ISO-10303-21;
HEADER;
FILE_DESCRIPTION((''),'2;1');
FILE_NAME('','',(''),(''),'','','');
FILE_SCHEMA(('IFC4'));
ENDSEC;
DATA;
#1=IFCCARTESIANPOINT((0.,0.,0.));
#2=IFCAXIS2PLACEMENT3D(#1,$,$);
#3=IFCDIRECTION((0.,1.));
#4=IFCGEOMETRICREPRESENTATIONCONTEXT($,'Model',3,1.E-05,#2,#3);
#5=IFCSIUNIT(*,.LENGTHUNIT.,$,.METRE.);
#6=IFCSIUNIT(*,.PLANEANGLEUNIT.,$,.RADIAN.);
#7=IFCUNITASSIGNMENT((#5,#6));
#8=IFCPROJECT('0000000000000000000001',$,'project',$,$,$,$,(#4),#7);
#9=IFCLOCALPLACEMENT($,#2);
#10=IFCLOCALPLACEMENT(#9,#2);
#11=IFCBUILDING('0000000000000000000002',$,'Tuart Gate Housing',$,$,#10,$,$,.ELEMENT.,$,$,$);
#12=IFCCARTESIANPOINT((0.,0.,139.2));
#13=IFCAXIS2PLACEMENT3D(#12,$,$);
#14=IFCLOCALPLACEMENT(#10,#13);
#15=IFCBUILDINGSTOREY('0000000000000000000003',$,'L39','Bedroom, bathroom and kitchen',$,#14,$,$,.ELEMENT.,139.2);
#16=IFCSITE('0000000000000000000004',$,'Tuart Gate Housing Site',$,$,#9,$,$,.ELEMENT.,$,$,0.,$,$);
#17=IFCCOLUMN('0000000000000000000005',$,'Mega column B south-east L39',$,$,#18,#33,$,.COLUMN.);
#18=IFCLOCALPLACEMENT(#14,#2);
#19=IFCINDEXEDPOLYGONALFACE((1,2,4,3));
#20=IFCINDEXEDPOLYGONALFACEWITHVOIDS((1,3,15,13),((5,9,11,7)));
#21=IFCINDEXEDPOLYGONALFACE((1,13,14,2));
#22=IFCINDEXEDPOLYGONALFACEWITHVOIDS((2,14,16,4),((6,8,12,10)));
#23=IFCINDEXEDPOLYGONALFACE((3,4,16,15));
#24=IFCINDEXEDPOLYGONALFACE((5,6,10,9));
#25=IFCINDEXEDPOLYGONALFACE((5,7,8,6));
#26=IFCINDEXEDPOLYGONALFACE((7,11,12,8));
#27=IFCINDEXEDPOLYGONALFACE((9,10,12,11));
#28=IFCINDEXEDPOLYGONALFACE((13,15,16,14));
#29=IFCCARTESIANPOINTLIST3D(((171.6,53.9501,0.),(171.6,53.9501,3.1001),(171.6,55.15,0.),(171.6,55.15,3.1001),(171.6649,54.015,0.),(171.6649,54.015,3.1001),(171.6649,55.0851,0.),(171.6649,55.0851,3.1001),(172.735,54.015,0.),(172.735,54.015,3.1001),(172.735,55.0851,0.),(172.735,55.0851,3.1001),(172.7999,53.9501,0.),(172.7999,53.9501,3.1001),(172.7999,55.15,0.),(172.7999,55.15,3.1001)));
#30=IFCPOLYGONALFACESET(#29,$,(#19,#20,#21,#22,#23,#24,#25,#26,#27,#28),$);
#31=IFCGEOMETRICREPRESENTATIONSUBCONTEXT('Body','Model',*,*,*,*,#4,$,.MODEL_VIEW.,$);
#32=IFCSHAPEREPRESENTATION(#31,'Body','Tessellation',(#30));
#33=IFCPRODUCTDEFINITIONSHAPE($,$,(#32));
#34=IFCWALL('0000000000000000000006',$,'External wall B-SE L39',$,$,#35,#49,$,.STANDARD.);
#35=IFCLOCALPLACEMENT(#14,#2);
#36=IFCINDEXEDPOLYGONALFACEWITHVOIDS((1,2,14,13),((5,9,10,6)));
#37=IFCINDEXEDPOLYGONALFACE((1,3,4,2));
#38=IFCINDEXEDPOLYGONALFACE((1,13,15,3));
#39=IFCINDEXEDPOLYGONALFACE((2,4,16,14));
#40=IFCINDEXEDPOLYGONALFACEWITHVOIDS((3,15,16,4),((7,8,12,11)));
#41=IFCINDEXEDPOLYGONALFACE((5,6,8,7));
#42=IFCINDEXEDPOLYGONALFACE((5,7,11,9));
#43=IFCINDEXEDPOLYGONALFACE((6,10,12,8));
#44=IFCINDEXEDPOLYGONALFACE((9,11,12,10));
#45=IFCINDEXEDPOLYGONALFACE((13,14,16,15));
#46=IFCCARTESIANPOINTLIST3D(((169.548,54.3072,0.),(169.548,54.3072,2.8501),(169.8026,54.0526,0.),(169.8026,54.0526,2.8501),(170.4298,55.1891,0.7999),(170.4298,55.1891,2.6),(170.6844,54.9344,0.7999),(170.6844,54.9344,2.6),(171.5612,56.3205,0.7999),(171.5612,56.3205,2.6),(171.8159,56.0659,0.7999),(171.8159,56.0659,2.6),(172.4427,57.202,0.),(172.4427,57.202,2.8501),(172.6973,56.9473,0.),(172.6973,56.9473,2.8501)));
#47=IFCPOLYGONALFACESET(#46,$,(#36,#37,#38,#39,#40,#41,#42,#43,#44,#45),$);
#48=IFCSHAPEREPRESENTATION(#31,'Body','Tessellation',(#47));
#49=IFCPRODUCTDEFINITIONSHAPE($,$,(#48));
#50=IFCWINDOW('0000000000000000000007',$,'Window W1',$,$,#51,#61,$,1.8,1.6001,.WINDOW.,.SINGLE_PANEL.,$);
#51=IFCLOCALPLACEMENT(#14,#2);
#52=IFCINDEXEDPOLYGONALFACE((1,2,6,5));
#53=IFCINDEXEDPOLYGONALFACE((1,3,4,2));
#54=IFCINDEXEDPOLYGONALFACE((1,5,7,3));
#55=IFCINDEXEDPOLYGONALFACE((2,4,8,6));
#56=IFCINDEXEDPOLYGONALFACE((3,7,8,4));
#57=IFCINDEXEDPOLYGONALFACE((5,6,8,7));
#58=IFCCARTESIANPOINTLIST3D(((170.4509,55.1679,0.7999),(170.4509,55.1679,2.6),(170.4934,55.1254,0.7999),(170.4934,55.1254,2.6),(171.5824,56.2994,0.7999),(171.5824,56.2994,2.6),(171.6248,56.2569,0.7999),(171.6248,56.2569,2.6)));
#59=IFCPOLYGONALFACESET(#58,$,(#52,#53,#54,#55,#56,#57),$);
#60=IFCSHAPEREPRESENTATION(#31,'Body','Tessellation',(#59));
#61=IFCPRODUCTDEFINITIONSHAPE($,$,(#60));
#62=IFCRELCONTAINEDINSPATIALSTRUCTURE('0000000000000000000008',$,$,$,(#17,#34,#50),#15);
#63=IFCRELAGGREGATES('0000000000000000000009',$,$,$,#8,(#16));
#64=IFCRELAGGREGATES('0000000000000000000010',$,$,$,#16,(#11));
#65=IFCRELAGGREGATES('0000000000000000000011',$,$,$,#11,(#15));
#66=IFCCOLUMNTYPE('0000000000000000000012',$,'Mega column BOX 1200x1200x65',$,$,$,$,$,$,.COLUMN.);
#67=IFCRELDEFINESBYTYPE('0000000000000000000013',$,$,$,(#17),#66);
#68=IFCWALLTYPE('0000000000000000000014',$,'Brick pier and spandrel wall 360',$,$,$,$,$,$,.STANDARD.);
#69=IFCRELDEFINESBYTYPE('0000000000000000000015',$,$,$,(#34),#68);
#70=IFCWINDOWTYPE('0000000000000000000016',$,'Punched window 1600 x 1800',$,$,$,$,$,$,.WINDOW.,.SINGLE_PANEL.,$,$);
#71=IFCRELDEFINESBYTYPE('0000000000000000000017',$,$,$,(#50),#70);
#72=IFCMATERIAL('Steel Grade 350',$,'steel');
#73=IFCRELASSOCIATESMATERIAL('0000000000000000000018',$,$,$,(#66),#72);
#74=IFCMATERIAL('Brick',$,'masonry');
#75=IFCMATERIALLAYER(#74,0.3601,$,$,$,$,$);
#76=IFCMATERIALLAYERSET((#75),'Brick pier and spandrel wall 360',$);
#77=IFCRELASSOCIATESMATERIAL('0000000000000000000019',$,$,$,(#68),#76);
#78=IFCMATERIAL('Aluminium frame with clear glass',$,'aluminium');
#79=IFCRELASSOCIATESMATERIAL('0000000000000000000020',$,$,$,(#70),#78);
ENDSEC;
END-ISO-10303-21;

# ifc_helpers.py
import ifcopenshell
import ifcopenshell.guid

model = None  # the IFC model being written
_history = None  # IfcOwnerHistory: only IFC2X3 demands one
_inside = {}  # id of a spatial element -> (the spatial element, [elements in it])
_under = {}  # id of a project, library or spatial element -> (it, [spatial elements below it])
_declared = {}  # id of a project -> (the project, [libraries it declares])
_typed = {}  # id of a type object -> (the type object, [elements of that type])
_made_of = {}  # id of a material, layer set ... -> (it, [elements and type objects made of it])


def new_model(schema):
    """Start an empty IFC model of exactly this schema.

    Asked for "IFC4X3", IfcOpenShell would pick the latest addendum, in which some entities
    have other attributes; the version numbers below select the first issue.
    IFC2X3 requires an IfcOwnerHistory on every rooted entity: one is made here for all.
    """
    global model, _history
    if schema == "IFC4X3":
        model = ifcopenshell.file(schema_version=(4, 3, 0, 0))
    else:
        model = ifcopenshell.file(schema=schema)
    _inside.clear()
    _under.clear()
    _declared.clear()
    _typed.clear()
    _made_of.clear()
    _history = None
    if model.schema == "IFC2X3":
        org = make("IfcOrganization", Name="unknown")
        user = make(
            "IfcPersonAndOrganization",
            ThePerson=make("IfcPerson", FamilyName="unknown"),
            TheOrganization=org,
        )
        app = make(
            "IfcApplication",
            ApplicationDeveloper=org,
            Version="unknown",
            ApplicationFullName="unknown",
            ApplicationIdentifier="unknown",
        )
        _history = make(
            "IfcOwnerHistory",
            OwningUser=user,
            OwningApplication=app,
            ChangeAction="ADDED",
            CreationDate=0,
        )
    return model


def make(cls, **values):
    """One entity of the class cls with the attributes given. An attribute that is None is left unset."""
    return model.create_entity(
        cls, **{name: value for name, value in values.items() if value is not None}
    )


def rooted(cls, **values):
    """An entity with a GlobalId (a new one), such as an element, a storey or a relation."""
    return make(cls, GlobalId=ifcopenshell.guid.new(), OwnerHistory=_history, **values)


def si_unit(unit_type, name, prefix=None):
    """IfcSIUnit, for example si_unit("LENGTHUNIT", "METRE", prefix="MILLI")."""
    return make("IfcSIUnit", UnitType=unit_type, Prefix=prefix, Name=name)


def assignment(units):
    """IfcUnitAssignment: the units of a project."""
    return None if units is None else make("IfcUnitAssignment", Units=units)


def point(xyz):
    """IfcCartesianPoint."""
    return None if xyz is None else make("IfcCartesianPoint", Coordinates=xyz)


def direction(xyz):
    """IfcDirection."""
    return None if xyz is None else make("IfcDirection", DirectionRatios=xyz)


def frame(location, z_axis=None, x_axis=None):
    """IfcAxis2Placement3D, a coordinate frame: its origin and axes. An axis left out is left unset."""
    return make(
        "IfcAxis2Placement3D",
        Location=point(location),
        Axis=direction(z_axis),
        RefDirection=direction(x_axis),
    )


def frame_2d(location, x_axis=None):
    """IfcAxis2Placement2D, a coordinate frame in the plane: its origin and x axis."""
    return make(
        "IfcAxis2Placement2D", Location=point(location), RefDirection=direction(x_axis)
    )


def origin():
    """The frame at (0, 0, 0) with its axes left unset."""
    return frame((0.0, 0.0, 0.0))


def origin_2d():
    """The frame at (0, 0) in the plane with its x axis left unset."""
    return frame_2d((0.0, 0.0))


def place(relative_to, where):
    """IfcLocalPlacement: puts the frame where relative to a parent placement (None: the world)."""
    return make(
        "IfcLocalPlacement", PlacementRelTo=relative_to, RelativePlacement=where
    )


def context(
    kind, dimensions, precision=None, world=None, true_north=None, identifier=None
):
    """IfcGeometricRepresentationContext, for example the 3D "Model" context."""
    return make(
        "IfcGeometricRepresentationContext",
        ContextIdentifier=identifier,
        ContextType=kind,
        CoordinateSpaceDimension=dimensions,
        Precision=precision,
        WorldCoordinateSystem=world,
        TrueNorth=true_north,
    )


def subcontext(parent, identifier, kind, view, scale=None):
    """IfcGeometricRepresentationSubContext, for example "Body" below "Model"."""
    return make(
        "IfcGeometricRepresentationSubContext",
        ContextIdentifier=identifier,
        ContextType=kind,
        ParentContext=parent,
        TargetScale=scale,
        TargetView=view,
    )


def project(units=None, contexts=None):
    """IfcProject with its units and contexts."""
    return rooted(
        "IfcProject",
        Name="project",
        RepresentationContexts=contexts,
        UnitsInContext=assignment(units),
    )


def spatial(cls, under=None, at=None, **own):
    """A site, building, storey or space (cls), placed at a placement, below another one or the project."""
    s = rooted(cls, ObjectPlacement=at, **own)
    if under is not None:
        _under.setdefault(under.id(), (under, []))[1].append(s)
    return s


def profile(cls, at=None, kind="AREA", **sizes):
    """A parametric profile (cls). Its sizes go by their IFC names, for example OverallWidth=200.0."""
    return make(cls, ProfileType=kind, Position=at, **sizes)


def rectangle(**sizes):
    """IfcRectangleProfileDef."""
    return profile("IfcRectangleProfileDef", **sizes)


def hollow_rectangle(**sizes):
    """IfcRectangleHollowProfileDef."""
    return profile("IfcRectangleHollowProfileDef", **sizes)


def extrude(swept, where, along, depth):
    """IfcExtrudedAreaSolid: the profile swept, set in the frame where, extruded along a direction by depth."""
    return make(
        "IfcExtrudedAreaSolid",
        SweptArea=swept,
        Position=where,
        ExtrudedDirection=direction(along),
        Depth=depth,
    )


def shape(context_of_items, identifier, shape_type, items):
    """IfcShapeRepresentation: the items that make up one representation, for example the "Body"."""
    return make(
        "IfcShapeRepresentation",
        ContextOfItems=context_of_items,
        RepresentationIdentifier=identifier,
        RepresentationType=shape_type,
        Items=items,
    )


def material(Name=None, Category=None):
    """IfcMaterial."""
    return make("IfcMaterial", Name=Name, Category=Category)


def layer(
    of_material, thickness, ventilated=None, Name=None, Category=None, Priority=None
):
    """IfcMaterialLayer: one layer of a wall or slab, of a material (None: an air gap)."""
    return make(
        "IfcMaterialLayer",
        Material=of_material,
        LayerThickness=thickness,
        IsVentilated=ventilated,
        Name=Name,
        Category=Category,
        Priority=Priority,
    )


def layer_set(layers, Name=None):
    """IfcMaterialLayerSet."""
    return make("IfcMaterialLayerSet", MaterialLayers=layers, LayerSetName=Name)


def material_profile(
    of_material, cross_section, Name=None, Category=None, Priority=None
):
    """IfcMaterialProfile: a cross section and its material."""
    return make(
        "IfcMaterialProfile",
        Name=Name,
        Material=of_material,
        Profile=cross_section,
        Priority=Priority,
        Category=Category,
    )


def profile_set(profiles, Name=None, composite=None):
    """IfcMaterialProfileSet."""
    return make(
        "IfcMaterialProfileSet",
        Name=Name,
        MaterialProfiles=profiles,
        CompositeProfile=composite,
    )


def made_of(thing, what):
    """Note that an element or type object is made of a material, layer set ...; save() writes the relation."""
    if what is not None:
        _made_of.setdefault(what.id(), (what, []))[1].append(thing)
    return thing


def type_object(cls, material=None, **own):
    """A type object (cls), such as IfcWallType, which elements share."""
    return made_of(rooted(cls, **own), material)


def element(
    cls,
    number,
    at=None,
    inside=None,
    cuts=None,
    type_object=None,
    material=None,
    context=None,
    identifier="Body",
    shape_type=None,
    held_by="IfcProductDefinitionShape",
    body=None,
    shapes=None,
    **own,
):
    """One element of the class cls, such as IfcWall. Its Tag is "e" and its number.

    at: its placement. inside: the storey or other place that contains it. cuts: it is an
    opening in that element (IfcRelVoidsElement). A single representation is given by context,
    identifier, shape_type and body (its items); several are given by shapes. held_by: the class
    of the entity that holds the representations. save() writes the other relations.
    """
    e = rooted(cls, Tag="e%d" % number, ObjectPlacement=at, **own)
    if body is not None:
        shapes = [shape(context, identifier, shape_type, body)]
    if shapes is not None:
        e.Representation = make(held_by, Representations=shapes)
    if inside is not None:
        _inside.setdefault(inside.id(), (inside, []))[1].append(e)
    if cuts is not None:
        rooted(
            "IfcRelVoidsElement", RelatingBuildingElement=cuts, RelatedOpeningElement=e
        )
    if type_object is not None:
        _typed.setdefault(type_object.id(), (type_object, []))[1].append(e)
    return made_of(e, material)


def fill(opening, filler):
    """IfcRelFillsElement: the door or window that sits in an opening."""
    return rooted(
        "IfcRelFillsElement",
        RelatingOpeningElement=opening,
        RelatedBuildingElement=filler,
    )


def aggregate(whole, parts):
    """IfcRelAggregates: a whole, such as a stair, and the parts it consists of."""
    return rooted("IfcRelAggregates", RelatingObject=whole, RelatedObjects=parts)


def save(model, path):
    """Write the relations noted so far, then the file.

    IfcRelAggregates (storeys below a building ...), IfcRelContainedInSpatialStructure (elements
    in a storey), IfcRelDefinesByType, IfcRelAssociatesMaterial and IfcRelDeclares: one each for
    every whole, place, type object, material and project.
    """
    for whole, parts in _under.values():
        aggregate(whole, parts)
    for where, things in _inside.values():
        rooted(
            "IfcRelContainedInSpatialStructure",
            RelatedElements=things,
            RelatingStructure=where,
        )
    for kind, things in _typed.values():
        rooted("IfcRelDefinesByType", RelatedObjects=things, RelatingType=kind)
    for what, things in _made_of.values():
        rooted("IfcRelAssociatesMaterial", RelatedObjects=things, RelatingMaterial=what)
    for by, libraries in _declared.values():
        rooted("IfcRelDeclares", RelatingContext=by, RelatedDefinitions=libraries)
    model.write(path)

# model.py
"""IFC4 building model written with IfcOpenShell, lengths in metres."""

from ifc_helpers import new_model, si_unit, direction, frame, frame_2d, origin, origin_2d, place, context, subcontext, project, spatial, rectangle, hollow_rectangle, extrude, material, layer, layer_set, material_profile, profile_set, type_object, element, fill, save


model = new_model("IFC4")

# Units and contexts
model_context = context("Model", 3, precision=1e-05, world=origin(), true_north=direction((0.0, 1.0)))
body_context = subcontext(model_context, "Body", "Model", "MODEL_VIEW")
ifc_project = project(units=[si_unit("LENGTHUNIT", "METRE"), si_unit("PLANEANGLEUNIT", "RADIAN")], contexts=[model_context])

# Site, building, storey
site_placement = place(None, origin())
site = spatial("IfcSite", under=ifc_project, at=site_placement, Name="Tuart Gate Housing Site", CompositionType="ELEMENT", RefElevation=0.0)
building_placement = place(site_placement, origin())
building = spatial("IfcBuilding", under=site, at=building_placement, Name="Tuart Gate Housing", CompositionType="ELEMENT")
storey_placement = place(building_placement, frame((0.0, 0.0, 139.2)))
storey = spatial("IfcBuildingStorey", under=building, at=storey_placement, Name="L39", Description="Bedroom, bathroom and kitchen", CompositionType="ELEMENT", Elevation=139.2)

# Column
ifc_material_1 = material(Name="Steel Grade 350", Category="steel")
ifc_material_profile = material_profile(ifc_material_1, hollow_rectangle(XDim=1.2, YDim=1.2, WallThickness=0.0649, at=origin_2d()), Name="BOX 1200x1200x65")
ifc_profile_set = profile_set([ifc_material_profile], Name="Steel Grade 350")
column_type = type_object("IfcColumnType", Name="Mega column BOX 1200x1200x65", PredefinedType="COLUMN", material=ifc_profile_set)
column_placement = place(storey_placement, frame((172.2, 54.55, 0.0), z_axis=(0.0, 0.0, 1.0), x_axis=(1.0, 0.0, 0.0)))
element("IfcColumn", 1, at=column_placement, inside=storey, type_object=column_type, Name="Mega column B south-east L39", PredefinedType="COLUMN", context=body_context, shape_type="SweptSolid", body=[
    extrude(hollow_rectangle(XDim=1.2, YDim=1.2, WallThickness=0.0649, at=origin_2d()), origin(), (0.0, 0.0, 1.0), 3.1001),
])

# Wall, opening, window
ifc_material_2 = material(Name="Brick", Category="masonry")
ifc_layer_1 = layer(ifc_material_2, 0.3601)
ifc_layer_set_1 = layer_set([ifc_layer_1], Name="Brick pier and spandrel wall 360")
wall_type_1 = type_object("IfcWallType", Name="Brick pier and spandrel wall 360", PredefinedType="STANDARD", material=ifc_layer_set_1)
wall_1_placement = place(storey_placement, frame((169.6753, 54.1799, 0.0), z_axis=(0.0, 0.0, 1.0), x_axis=(0.707107, 0.707107, 0.0)))
wall_1 = element("IfcWall", 2, at=wall_1_placement, inside=storey, type_object=wall_type_1, Name="External wall B-SE L39", PredefinedType="STANDARD", context=body_context, shape_type="SweptSolid", body=[
    extrude(rectangle(XDim=4.0938, YDim=0.3601, at=frame_2d((2.0469, 0.0))), origin(), (0.0, 0.0, 1.0), 2.8501),
])
opening_1_placement = place(wall_1_placement, frame((1.2471, 0.0, 0.8)))
opening_1 = element("IfcOpeningElement", 3, at=opening_1_placement, cuts=wall_1, PredefinedType="OPENING", context=body_context, shape_type="SweptSolid", body=[
    extrude(rectangle(XDim=1.6001, YDim=1.8, at=frame_2d((0.8, 0.8999))), frame((0.0, 0.1899, 0.0), z_axis=(0.0, -1.0, 0.0), x_axis=(1.0, 0.0, 0.0)), (0.0, 0.0, 1.0), 0.3801),
])
ifc_material_3 = material(Name="Aluminium frame with clear glass", Category="aluminium")
window_type = type_object("IfcWindowType", Name="Punched window 1600 x 1800", PartitioningType="SINGLE_PANEL", PredefinedType="WINDOW", material=ifc_material_3)
window_1_placement = place(opening_1_placement, origin())
window_1 = element("IfcWindow", 4, at=window_1_placement, inside=storey, type_object=window_type, Name="Window W1", OverallHeight=1.8, OverallWidth=1.6001, PartitioningType="SINGLE_PANEL", PredefinedType="WINDOW", context=body_context, shape_type="SweptSolid", body=[
    extrude(rectangle(XDim=1.6001, YDim=1.8, at=frame_2d((0.8, 0.8999))), frame((0.0, 0.1501, 0.0), z_axis=(0.0, -1.0, 0.0), x_axis=(1.0, 0.0, 0.0)), (0.0, 0.0, 1.0), 0.0601),
])
fill(opening_1, window_1)

save(model, "model.ifc")
